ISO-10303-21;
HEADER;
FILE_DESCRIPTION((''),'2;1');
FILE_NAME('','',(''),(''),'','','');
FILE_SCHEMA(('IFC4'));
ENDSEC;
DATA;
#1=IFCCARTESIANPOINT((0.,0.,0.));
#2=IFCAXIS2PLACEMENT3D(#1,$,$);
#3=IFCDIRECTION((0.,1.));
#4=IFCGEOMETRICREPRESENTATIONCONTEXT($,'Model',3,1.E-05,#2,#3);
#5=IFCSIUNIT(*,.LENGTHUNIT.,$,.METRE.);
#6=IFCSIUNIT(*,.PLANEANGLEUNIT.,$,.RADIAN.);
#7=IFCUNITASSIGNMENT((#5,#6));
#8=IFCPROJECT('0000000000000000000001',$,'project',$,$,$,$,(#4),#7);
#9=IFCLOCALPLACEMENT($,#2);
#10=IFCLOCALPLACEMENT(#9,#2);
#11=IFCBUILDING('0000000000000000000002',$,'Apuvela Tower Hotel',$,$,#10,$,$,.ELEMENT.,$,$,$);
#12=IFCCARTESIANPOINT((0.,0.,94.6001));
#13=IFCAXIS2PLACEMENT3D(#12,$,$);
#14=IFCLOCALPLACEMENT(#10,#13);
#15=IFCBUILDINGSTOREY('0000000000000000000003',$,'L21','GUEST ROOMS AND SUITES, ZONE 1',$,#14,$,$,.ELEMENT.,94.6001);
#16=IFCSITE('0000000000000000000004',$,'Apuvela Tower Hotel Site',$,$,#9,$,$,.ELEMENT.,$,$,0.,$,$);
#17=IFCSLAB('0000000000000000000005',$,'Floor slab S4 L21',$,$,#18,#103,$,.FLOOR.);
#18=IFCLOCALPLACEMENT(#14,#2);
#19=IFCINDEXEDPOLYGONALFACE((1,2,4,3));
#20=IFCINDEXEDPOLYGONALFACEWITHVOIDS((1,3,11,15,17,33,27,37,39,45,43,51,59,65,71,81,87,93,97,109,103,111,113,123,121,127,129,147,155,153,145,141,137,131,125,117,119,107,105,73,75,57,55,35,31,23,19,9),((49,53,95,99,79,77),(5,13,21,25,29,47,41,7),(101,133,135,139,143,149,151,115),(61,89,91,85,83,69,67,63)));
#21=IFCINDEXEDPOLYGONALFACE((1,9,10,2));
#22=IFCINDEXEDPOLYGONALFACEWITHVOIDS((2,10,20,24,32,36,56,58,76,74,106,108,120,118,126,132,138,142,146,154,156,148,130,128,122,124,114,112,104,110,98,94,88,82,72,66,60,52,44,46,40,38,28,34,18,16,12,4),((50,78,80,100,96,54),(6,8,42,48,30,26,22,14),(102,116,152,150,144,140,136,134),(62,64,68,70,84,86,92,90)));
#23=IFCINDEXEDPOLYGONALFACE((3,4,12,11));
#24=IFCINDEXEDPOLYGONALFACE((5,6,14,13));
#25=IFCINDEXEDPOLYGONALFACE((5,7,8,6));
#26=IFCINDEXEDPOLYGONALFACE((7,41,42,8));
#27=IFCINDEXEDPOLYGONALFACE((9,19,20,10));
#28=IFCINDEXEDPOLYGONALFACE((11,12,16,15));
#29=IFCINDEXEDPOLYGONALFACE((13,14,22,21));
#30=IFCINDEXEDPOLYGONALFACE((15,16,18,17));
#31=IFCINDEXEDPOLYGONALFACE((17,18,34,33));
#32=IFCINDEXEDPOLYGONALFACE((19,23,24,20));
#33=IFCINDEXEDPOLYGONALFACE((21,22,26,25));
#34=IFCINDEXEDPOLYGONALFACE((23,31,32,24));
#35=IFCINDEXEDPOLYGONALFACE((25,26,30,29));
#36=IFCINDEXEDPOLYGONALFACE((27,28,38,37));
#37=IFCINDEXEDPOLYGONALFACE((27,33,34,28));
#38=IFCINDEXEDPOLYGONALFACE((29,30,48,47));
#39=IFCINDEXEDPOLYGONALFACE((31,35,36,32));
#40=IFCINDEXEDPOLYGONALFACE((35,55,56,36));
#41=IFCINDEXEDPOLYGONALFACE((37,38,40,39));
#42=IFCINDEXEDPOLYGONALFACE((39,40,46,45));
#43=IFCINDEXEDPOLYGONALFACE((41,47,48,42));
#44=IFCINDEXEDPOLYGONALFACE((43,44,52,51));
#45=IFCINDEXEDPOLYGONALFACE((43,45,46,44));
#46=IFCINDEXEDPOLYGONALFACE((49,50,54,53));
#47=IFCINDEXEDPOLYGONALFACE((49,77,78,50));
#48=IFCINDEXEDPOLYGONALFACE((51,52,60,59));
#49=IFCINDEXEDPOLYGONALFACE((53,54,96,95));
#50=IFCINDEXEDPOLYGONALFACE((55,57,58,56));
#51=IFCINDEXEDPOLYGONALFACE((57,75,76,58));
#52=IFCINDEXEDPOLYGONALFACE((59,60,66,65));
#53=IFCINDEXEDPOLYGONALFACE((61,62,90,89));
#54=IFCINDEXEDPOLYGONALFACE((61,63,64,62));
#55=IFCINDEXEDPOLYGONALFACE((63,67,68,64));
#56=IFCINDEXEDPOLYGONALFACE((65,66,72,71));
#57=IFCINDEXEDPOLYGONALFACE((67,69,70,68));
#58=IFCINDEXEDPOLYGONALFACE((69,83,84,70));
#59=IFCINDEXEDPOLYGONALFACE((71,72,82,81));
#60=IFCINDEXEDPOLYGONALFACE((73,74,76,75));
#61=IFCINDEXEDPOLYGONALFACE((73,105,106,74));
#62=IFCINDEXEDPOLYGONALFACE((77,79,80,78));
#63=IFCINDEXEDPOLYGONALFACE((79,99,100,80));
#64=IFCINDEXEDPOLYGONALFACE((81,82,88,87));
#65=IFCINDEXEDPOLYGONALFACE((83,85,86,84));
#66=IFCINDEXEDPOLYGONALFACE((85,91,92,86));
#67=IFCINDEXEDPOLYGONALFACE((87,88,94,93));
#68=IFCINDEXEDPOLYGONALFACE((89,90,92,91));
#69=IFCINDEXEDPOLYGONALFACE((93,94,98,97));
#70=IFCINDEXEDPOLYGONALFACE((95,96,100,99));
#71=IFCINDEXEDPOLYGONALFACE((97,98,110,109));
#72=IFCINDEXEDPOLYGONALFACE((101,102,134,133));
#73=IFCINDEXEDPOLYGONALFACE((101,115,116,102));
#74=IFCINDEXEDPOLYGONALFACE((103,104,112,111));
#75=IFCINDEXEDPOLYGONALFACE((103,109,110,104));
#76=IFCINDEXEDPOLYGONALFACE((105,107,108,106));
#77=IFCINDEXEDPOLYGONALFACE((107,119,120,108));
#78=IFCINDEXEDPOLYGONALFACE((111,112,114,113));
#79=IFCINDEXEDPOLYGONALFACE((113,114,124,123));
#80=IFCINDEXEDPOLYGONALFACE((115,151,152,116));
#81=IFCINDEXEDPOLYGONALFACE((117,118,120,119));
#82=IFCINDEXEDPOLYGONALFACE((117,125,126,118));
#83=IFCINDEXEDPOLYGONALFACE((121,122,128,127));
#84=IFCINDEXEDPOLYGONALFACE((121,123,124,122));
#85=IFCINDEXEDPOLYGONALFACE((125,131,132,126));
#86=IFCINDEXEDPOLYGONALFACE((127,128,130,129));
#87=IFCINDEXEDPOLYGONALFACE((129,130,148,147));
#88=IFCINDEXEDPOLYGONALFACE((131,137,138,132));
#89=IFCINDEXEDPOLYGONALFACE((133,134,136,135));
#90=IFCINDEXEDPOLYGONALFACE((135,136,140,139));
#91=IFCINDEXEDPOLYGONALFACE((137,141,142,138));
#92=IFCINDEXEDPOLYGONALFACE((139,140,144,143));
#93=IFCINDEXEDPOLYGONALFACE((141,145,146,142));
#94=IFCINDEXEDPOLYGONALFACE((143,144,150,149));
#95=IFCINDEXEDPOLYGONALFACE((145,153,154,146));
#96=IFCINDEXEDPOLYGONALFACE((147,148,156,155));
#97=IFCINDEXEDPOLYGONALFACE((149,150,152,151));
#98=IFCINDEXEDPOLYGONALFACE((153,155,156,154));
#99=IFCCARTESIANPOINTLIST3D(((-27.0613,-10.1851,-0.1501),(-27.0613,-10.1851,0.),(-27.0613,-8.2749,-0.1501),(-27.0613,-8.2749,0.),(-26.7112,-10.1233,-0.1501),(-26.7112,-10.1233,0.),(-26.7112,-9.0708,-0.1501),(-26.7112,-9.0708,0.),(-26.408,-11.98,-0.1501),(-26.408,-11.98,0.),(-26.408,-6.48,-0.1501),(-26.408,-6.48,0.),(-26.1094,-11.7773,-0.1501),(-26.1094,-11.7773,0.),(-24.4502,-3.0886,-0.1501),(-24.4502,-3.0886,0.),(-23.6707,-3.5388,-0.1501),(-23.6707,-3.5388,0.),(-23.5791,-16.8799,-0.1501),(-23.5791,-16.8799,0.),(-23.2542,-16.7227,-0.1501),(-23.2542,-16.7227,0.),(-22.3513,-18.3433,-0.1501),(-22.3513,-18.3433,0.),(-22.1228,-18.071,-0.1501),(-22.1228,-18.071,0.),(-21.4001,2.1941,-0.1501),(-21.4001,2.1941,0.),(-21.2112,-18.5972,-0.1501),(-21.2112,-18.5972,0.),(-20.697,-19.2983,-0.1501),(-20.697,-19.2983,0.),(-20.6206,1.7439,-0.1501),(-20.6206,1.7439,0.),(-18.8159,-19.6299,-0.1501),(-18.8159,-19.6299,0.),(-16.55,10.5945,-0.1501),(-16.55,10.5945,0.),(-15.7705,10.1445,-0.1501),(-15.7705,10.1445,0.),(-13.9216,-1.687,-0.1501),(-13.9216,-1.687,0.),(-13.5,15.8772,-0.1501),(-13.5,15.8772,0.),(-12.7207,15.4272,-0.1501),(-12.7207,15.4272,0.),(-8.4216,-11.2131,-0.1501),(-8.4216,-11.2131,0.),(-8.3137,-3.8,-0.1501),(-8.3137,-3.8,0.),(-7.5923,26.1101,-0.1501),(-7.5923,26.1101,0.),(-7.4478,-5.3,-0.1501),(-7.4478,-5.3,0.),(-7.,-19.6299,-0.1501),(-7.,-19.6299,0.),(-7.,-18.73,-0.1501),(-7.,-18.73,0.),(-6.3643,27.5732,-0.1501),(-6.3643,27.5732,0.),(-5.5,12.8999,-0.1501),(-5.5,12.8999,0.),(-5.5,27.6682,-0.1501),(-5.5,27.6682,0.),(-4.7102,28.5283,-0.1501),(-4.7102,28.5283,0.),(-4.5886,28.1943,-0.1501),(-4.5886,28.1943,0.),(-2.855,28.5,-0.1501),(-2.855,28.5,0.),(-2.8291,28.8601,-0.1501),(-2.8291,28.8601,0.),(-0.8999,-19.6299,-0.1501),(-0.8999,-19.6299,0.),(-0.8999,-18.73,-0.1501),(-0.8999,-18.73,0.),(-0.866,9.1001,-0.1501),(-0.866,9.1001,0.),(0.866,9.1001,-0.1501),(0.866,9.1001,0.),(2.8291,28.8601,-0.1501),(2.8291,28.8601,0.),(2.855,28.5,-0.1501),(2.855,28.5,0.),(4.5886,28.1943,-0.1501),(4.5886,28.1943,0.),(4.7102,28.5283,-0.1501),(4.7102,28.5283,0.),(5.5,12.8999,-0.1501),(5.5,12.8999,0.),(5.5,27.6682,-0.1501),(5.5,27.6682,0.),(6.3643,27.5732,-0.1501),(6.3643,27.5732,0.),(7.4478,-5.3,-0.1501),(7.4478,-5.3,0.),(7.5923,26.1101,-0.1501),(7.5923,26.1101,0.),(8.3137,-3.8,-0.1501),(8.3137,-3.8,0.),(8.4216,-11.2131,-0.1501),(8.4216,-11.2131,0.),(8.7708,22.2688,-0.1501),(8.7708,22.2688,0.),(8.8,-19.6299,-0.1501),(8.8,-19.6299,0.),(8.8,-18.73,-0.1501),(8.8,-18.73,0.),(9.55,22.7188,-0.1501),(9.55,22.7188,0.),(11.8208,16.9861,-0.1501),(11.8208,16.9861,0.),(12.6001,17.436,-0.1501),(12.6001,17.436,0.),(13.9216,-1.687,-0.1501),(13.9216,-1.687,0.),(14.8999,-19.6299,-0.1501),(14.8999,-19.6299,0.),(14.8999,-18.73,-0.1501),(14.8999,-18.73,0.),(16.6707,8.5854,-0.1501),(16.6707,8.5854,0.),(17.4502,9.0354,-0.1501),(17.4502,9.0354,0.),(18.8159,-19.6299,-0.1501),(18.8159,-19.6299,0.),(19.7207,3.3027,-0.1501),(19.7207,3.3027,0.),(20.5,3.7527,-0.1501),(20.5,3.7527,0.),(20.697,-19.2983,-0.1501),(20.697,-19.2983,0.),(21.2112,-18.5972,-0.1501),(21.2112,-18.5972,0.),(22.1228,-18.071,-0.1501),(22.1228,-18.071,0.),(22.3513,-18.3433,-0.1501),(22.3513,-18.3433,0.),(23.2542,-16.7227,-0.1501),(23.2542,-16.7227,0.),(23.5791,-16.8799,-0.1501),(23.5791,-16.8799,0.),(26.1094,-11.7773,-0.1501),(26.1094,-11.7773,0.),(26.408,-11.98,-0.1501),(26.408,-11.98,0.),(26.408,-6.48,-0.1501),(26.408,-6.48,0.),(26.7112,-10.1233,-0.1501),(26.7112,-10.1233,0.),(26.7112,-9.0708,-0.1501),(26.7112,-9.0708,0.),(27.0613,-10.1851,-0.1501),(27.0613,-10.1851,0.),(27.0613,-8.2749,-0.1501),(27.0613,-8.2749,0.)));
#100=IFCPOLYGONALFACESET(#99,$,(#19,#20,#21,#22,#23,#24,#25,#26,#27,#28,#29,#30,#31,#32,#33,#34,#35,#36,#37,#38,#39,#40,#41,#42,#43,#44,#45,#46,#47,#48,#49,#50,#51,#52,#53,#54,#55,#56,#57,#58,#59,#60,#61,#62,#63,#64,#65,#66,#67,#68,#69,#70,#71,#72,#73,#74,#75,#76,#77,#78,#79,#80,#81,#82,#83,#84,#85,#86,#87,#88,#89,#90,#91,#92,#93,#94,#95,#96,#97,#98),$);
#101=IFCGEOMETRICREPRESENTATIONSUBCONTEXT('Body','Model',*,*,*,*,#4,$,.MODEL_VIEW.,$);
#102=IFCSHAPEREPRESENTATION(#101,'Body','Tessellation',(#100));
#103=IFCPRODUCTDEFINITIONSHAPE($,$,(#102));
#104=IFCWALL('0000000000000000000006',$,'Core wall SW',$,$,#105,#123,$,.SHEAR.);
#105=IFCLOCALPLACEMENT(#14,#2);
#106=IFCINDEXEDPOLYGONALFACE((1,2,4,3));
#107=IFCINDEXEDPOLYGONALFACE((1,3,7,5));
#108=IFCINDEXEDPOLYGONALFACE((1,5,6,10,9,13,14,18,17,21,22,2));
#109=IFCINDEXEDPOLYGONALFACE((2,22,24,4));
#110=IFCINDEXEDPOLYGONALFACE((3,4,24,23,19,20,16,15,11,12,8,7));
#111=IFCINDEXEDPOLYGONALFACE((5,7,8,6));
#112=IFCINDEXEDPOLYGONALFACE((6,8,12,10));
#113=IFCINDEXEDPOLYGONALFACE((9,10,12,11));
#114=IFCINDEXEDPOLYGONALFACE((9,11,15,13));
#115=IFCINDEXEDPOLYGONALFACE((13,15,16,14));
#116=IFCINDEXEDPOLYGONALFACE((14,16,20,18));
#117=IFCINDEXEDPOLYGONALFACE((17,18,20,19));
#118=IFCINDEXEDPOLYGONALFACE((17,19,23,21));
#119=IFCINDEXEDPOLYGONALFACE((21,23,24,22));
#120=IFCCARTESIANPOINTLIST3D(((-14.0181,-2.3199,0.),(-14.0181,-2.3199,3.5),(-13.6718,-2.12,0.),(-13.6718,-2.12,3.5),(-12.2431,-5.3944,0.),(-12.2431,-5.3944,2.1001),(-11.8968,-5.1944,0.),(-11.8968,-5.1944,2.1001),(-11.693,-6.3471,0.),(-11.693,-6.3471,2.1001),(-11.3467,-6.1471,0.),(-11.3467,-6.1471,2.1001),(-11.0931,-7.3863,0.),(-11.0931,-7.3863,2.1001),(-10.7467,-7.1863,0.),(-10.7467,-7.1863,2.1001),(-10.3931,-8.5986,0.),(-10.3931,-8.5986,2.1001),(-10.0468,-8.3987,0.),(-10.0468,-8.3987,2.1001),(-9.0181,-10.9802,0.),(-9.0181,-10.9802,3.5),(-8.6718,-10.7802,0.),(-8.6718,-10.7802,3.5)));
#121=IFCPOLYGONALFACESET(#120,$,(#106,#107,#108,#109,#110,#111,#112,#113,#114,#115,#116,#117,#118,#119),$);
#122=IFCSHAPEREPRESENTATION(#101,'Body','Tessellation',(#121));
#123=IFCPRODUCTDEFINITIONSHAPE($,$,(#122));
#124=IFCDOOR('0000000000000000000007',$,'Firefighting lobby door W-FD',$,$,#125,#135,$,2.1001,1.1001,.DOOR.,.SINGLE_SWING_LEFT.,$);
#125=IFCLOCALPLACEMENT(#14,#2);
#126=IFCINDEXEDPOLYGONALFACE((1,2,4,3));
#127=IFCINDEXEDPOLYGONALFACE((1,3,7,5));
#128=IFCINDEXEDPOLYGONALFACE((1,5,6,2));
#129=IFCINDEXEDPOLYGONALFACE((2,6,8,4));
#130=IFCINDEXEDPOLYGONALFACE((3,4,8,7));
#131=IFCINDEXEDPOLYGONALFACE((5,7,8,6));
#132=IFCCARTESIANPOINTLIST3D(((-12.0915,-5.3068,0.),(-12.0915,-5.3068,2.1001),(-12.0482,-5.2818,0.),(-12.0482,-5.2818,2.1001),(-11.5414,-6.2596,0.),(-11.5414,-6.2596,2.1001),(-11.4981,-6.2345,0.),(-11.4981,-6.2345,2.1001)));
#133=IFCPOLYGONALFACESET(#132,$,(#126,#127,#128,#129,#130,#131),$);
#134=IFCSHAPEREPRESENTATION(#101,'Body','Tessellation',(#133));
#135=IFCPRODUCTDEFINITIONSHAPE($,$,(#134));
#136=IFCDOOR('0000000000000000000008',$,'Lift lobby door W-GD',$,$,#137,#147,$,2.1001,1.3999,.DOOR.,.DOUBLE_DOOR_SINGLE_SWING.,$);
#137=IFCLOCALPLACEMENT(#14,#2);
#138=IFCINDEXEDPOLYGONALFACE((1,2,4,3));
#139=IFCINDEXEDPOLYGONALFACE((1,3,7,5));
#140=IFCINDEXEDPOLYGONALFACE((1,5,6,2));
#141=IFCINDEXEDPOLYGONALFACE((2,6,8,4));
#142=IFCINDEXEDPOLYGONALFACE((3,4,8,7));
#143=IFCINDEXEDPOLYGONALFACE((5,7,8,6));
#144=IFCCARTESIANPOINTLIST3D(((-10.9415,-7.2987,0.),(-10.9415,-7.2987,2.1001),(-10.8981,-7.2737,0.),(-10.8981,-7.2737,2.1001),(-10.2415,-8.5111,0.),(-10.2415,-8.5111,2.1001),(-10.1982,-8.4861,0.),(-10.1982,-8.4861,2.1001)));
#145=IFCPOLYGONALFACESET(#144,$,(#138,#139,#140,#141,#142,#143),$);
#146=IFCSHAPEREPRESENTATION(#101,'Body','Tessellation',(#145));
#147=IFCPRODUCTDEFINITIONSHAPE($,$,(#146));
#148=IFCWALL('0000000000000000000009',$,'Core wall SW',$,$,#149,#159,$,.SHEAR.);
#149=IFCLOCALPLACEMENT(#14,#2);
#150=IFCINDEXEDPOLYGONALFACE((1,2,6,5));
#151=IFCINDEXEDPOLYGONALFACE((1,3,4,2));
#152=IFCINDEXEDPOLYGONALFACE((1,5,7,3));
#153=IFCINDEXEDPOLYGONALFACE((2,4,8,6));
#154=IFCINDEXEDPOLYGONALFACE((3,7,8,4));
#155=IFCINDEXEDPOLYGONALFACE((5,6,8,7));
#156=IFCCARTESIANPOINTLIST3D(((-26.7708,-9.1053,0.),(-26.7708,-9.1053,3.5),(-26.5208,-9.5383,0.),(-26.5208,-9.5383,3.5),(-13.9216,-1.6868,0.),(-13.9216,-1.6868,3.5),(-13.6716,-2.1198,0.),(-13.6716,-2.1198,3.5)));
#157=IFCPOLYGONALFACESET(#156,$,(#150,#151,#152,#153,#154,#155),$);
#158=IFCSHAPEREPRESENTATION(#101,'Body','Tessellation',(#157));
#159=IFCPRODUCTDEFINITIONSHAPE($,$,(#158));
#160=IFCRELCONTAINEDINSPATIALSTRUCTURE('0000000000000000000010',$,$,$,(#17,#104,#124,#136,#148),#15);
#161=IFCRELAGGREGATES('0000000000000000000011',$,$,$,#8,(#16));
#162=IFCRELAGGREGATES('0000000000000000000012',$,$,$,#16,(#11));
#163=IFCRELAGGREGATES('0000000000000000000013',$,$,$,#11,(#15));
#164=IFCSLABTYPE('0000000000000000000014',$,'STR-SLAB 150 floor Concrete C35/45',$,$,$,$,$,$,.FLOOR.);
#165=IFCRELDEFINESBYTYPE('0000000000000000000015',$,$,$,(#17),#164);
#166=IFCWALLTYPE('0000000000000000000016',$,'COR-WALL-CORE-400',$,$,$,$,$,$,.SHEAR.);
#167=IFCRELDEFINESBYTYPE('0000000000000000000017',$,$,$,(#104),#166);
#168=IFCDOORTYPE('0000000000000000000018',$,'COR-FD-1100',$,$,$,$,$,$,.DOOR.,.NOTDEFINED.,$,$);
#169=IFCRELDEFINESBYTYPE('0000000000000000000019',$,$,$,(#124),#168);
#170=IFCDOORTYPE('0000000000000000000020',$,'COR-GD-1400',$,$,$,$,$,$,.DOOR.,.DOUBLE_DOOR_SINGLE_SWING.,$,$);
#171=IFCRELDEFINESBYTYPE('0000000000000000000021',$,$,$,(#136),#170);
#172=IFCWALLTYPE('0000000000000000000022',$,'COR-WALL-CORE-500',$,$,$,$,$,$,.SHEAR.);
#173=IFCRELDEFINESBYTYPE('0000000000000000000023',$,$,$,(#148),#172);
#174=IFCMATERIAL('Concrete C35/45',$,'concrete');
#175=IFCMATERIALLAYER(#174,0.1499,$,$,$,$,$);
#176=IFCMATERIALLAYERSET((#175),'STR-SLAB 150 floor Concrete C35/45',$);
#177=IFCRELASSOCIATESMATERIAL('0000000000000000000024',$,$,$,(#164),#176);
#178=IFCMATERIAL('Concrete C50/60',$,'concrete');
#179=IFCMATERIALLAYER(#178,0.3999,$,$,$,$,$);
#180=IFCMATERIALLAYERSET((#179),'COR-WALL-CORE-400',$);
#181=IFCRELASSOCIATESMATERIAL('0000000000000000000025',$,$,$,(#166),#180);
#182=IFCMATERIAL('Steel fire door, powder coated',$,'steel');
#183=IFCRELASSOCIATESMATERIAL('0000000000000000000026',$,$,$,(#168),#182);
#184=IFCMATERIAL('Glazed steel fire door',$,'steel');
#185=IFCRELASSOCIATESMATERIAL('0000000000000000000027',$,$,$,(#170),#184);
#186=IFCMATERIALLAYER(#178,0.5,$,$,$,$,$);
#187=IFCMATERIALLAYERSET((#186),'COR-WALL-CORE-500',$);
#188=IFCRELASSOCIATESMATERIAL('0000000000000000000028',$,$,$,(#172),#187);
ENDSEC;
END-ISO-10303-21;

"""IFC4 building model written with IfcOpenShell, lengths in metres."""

from ifc_helpers import new_model, si_unit, direction, frame, frame_2d, origin, place, context, subcontext, project, spatial, polyline, rectangle, outline, extrude, material, layer, layer_set, type_object, element, fill, save


model = new_model("IFC4")

# Units and contexts
model_context = context("Model", 3, precision=1e-05, world=origin(), true_north=direction((0.0, 1.0)))
body_context = subcontext(model_context, "Body", "Model", "MODEL_VIEW")
ifc_project = project(units=[si_unit("LENGTHUNIT", "METRE"), si_unit("PLANEANGLEUNIT", "RADIAN")], contexts=[model_context])

# Site, building, storey
site_placement = place(None, origin())
site = spatial("IfcSite", under=ifc_project, at=site_placement, Name="Apuvela Tower Hotel Site", CompositionType="ELEMENT", RefElevation=0.0)
building_placement = place(site_placement, origin())
building = spatial("IfcBuilding", under=site, at=building_placement, Name="Apuvela Tower Hotel", CompositionType="ELEMENT")
storey_placement = place(building_placement, frame((0.0, 0.0, 94.6001)))
storey = spatial("IfcBuildingStorey", under=building, at=storey_placement, Name="L21", Description="GUEST ROOMS AND SUITES, ZONE 1", CompositionType="ELEMENT", Elevation=94.6001)

# Slab
ifc_material_1 = material(Name="Concrete C35/45", Category="concrete")
ifc_layer_1 = layer(ifc_material_1, 0.1499)
ifc_layer_set_1 = layer_set([ifc_layer_1], Name="STR-SLAB 150 floor Concrete C35/45")
slab_type_1 = type_object("IfcSlabType", Name="STR-SLAB 150 floor Concrete C35/45", PredefinedType="FLOOR", material=ifc_layer_set_1)
slab_1_placement = place(storey_placement, frame((0.0, 0.0, -0.1501)))
element("IfcSlab", 1, at=slab_1_placement, inside=storey, type_object=slab_type_1, Name="Floor slab S4 L21", PredefinedType="FLOOR", context=body_context, shape_type="SweptSolid", body=[
    extrude(outline(polyline([(-6.3643, 27.5732), (-4.7102, 28.5283), (-2.8291, 28.8601), (2.8291, 28.8601), (4.7102, 28.5283), (6.3643, 27.5732), (7.5923, 26.1101), (9.55, 22.7188), (8.7708, 22.2688), (11.8208, 16.9861), (12.6001, 17.436), (17.4502, 9.0354), (16.6707, 8.5854), (19.7207, 3.3027), (20.5, 3.7527), (26.408, -6.48), (27.0613, -8.2749), (27.0613, -10.1851), (26.408, -11.98), (23.5791, -16.8799), (22.3513, -18.3433), (20.697, -19.2983), (18.8159, -19.6299), (14.8999, -19.6299), (14.8999, -18.73), (8.8, -18.73), (8.8, -19.6299), (-0.8999, -19.6299), (-0.8999, -18.73), (-7.0, -18.73), (-7.0, -19.6299), (-18.8159, -19.6299), (-20.697, -19.2983), (-22.3513, -18.3433), (-23.5791, -16.8799), (-26.408, -11.98), (-27.0613, -10.1851), (-27.0613, -8.2749), (-26.408, -6.48), (-24.4502, -3.0886), (-23.6707, -3.5388), (-20.6206, 1.7439), (-21.4001, 2.1941), (-16.55, 10.5945), (-15.7705, 10.1445), (-12.7207, 15.4272), (-13.5, 15.8772), (-7.5923, 26.1101), (-6.3643, 27.5732)]), holes=[polyline([(0.866, 9.1001), (-0.866, 9.1001), (-8.3137, -3.8), (-7.4478, -5.3), (7.4478, -5.3), (8.3137, -3.8), (0.866, 9.1001)]), polyline([(-5.5, 12.8999), (-5.5, 27.6682), (-4.5886, 28.1943), (-2.855, 28.5), (2.855, 28.5), (4.5886, 28.1943), (5.5, 27.6682), (5.5, 12.8999), (-5.5, 12.8999)]), polyline([(-8.4216, -11.2131), (-21.2112, -18.5972), (-22.1228, -18.071), (-23.2542, -16.7227), (-26.1094, -11.7773), (-26.7112, -10.1233), (-26.7112, -9.0708), (-13.9216, -1.687), (-8.4216, -11.2131)]), polyline([(13.9216, -1.687), (26.7112, -9.0708), (26.7112, -10.1233), (26.1094, -11.7773), (23.2542, -16.7227), (22.1228, -18.071), (21.2112, -18.5972), (8.4216, -11.2131), (13.9216, -1.687)])]), origin(), (0.0, 0.0, 1.0), 0.1501),
])

# Wall, openings, doors
ifc_material_2 = material(Name="Concrete C50/60", Category="concrete")
ifc_layer_2 = layer(ifc_material_2, 0.3999)
ifc_layer_set_2 = layer_set([ifc_layer_2], Name="COR-WALL-CORE-400")
wall_type_1 = type_object("IfcWallType", Name="COR-WALL-CORE-400", PredefinedType="SHEAR", material=ifc_layer_set_2)
wall_1_placement = place(storey_placement, frame((-13.845, -2.22, 0.0), z_axis=(0.0, 0.0, 1.0), x_axis=(0.500004, -0.866023, 0.0)))
wall_1 = element("IfcWall", 2, at=wall_1_placement, inside=storey, type_object=wall_type_1, Name="Core wall SW", PredefinedType="SHEAR", context=body_context, shape_type="SweptSolid", body=[
    extrude(rectangle(XDim=10.0, YDim=0.3999, at=frame_2d((5.0, 0.0))), origin(), (0.0, 0.0, 1.0), 3.5),
])
opening_1_placement = place(wall_1_placement, frame((3.55, 0.0, 0.0)))
opening_1 = element("IfcOpeningElement", 3, at=opening_1_placement, cuts=wall_1, PredefinedType="OPENING", context=body_context, shape_type="SweptSolid", body=[
    extrude(rectangle(XDim=1.1001, YDim=2.1001, at=frame_2d((0.55, 1.05))), frame((0.0, 0.21, 0.0), z_axis=(0.0, -1.0, 0.0), x_axis=(1.0, 0.0, 0.0)), (0.0, 0.0, 1.0), 0.4199),
])
opening_2_placement = place(wall_1_placement, frame((5.8501, 0.0, 0.0)))
opening_2 = element("IfcOpeningElement", 4, at=opening_2_placement, cuts=wall_1, PredefinedType="OPENING", context=body_context, shape_type="SweptSolid", body=[
    extrude(rectangle(XDim=1.3999, YDim=2.1001, at=frame_2d((0.7, 1.05))), frame((0.0, 0.21, 0.0), z_axis=(0.0, -1.0, 0.0), x_axis=(1.0, 0.0, 0.0)), (0.0, 0.0, 1.0), 0.4199),
])
ifc_material_3 = material(Name="Steel fire door, powder coated", Category="steel")
door_type_1 = type_object("IfcDoorType", Name="COR-FD-1100", OperationType="NOTDEFINED", PredefinedType="DOOR", material=ifc_material_3)
door_1_placement = place(opening_1_placement, frame((1.1001, 0.0, 0.0), z_axis=(0.0, 0.0, 1.0), x_axis=(-1.0, 0.0, 0.0)))
door_1 = element("IfcDoor", 5, at=door_1_placement, inside=storey, type_object=door_type_1, Name="Firefighting lobby door W-FD", OperationType="SINGLE_SWING_LEFT", OverallHeight=2.1001, OverallWidth=1.1001, PredefinedType="DOOR", context=body_context, shape_type="SweptSolid", body=[
    extrude(rectangle(XDim=1.1001, YDim=2.1001, at=frame_2d((0.55, 1.05))), frame((0.0, 0.0249, 0.0), z_axis=(0.0, -1.0, 0.0), x_axis=(1.0, 0.0, 0.0)), (0.0, 0.0, 1.0), 0.05),
])
fill(opening_1, door_1)
ifc_material_4 = material(Name="Glazed steel fire door", Category="steel")
door_type_2 = type_object("IfcDoorType", Name="COR-GD-1400", OperationType="DOUBLE_DOOR_SINGLE_SWING", PredefinedType="DOOR", material=ifc_material_4)
door_2_placement = place(opening_2_placement, frame((1.3999, 0.0, 0.0), z_axis=(0.0, 0.0, 1.0), x_axis=(-1.0, 0.0, 0.0)))
door_2 = element("IfcDoor", 6, at=door_2_placement, inside=storey, type_object=door_type_2, Name="Lift lobby door W-GD", OperationType="DOUBLE_DOOR_SINGLE_SWING", OverallHeight=2.1001, OverallWidth=1.3999, PredefinedType="DOOR", context=body_context, shape_type="SweptSolid", body=[
    extrude(rectangle(XDim=1.3999, YDim=2.1001, at=frame_2d((0.7, 1.05))), frame((0.0, 0.0249, 0.0), z_axis=(0.0, -1.0, 0.0), x_axis=(1.0, 0.0, 0.0)), (0.0, 0.0, 1.0), 0.05),
])
fill(opening_2, door_2)

# Wall
ifc_layer_3 = layer(ifc_material_2, 0.5)
ifc_layer_set_3 = layer_set([ifc_layer_3], Name="COR-WALL-CORE-500")
wall_type_2 = type_object("IfcWallType", Name="COR-WALL-CORE-500", PredefinedType="SHEAR", material=ifc_layer_set_3)
wall_2_placement = place(storey_placement, frame((-13.7966, -1.9033, 0.0), z_axis=(0.0, 0.0, 1.0), x_axis=(-0.866025, -0.500001, 0.0)))
element("IfcWall", 7, at=wall_2_placement, inside=storey, type_object=wall_type_2, Name="Core wall SW", PredefinedType="SHEAR", context=body_context, shape_type="SweptSolid", body=[
    extrude(rectangle(XDim=14.8369, YDim=0.5, at=frame_2d((7.4185, 0.0))), origin(), (0.0, 0.0, 1.0), 3.5),
])

save(model, "model.ifc")
